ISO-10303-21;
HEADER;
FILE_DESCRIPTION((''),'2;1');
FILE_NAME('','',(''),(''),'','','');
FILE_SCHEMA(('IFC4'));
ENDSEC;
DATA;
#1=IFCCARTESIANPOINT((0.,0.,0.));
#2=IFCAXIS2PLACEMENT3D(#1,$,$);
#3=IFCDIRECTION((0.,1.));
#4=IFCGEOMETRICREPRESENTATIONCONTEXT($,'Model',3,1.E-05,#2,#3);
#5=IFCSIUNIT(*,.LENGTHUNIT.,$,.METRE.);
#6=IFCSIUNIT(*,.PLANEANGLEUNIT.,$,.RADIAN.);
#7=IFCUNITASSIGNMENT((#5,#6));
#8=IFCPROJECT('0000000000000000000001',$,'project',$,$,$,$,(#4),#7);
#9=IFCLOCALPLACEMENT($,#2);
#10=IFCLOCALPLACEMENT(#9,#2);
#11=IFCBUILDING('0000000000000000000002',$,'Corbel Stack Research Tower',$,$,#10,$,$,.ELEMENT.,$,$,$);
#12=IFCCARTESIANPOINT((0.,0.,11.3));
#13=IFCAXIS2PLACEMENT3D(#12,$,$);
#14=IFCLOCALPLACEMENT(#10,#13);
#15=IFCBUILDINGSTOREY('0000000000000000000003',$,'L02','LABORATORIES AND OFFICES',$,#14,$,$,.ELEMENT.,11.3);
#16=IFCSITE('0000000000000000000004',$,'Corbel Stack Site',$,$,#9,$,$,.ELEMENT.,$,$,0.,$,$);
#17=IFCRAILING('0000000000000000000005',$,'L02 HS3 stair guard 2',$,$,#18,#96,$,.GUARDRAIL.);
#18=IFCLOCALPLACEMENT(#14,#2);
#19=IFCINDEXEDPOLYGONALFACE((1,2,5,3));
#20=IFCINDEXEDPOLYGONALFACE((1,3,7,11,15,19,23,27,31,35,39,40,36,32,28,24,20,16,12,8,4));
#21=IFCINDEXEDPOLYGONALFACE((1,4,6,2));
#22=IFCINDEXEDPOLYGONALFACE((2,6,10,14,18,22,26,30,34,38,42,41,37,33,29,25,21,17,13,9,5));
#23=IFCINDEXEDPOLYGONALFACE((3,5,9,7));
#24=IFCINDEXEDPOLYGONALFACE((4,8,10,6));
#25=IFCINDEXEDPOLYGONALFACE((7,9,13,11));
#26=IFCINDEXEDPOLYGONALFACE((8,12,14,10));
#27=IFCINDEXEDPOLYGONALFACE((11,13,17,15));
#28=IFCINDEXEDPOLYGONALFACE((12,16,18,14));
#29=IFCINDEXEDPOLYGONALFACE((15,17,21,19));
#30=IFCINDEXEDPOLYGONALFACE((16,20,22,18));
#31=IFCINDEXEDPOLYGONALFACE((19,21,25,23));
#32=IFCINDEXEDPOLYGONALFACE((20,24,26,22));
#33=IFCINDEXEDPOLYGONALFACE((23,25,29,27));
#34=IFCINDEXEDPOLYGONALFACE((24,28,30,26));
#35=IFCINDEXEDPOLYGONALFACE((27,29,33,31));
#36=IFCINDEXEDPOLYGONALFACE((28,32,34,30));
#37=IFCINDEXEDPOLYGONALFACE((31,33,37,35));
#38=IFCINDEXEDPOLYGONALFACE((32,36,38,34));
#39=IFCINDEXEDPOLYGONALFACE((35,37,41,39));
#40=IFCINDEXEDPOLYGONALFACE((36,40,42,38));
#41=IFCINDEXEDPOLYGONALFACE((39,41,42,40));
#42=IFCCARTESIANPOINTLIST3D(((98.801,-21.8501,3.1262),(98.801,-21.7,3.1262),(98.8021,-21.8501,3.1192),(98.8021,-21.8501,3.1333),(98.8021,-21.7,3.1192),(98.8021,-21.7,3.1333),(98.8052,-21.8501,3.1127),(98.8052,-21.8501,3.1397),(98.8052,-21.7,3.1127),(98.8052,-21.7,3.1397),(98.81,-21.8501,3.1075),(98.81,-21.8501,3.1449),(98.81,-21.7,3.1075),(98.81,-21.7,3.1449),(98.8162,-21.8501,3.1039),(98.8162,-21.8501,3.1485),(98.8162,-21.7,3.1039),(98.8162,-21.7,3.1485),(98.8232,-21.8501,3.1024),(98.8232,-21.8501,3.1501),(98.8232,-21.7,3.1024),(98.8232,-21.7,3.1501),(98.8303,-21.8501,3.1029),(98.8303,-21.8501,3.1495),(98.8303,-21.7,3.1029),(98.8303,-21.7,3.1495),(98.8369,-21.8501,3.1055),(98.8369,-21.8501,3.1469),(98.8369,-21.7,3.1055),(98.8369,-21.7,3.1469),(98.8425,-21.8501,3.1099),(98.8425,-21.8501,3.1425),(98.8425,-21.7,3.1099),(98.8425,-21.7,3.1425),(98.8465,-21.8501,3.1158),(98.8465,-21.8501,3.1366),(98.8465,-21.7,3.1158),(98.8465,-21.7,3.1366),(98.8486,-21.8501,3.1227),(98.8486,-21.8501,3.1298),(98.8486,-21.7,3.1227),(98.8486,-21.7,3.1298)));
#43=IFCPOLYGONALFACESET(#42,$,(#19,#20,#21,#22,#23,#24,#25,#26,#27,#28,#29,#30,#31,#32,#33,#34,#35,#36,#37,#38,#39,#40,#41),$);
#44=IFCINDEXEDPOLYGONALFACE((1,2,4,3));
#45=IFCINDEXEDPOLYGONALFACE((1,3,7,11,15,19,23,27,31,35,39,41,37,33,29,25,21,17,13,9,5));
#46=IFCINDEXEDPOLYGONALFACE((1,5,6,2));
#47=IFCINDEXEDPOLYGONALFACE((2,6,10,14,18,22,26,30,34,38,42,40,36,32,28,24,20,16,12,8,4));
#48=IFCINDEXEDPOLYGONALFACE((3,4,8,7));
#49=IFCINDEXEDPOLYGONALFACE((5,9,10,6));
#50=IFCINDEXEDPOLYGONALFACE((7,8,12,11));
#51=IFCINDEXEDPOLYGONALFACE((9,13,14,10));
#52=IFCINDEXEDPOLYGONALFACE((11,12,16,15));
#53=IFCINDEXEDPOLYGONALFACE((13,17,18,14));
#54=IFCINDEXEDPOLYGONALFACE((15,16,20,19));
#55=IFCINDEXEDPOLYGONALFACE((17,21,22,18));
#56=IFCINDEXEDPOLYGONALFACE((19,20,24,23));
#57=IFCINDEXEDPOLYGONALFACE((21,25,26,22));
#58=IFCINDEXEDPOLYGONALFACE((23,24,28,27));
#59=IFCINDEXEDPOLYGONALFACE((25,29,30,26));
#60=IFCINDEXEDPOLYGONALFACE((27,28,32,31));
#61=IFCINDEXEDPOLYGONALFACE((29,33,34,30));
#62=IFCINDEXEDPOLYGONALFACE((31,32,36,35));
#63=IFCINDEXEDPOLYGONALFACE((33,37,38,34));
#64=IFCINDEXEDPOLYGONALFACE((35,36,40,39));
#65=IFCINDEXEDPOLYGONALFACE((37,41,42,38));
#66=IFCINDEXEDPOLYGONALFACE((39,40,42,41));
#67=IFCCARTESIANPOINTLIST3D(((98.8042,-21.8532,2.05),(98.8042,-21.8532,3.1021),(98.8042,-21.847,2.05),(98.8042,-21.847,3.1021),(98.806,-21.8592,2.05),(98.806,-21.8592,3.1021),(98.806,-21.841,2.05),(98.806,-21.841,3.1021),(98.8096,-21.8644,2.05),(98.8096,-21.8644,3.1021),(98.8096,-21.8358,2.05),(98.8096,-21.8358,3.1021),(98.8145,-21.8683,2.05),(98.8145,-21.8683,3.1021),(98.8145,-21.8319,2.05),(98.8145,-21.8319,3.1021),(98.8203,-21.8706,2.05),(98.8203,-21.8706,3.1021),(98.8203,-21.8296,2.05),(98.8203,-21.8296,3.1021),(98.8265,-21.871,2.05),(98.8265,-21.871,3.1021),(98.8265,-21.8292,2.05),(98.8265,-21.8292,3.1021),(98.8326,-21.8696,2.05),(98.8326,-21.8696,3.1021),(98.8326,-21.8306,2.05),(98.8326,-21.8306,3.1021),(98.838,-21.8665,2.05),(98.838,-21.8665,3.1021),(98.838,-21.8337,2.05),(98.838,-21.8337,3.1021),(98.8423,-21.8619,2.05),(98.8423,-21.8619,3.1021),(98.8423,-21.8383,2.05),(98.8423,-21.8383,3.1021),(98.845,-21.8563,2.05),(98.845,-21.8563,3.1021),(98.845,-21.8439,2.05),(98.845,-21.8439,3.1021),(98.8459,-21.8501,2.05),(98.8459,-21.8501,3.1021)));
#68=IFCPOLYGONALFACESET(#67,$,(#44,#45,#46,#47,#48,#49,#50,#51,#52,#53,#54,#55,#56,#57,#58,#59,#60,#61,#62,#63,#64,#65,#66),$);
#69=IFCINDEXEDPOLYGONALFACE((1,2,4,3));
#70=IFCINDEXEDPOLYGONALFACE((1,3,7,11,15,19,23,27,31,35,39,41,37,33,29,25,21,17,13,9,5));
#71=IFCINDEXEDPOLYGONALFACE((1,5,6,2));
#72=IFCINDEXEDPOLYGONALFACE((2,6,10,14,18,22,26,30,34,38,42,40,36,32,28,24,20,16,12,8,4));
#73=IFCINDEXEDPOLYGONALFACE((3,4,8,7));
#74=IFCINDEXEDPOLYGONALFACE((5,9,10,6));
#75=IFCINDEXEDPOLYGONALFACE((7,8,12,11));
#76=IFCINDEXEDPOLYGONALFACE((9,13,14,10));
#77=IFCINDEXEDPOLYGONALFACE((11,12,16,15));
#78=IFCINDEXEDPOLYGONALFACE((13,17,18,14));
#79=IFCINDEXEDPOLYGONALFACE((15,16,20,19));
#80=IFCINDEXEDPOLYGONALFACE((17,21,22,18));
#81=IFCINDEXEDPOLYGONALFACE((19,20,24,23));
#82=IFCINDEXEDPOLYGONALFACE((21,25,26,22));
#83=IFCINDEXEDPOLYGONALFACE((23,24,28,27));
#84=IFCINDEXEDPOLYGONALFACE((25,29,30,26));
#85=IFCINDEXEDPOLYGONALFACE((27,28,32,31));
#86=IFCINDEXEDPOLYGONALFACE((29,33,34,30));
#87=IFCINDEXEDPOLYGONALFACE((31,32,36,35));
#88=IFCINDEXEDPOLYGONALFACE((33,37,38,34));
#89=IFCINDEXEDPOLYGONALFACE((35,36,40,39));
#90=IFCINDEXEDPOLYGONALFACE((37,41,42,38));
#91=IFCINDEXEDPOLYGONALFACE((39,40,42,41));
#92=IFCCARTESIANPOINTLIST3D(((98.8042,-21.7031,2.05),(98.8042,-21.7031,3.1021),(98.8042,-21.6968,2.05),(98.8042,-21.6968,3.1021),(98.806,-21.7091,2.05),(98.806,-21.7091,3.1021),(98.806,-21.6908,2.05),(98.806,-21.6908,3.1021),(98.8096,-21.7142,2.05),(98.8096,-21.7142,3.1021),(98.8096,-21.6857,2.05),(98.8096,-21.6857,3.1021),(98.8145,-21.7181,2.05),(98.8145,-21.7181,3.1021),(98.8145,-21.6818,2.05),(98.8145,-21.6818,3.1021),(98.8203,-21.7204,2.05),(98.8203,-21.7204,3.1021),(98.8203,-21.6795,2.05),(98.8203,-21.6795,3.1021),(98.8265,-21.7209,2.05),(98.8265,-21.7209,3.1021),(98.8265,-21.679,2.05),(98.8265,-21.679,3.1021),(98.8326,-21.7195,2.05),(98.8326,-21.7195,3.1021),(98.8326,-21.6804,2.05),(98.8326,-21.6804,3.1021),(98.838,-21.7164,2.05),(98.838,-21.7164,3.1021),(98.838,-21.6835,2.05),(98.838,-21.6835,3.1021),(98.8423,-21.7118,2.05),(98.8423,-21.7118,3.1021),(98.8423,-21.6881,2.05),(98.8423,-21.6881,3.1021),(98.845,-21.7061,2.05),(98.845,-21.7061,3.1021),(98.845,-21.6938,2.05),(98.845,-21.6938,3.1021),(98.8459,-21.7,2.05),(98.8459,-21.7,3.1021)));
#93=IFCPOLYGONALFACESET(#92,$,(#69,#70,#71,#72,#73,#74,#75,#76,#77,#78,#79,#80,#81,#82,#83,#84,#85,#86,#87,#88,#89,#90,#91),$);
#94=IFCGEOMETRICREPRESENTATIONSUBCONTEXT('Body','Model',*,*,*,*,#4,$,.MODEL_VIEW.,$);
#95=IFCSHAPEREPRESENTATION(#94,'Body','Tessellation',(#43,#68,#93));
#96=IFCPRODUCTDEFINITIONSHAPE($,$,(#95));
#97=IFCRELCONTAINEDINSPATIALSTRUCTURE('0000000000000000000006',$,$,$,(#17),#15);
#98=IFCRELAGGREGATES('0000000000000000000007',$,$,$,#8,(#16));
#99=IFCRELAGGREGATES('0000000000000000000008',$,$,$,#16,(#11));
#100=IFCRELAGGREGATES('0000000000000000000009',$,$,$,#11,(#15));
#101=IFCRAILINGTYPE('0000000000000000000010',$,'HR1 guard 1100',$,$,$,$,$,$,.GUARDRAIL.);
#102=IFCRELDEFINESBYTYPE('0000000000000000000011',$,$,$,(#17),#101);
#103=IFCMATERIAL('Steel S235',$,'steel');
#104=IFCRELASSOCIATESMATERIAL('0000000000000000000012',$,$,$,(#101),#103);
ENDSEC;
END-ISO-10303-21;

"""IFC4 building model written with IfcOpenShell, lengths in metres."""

from ifc_helpers import new_model, si_unit, direction, frame, origin, origin_2d, place, context, subcontext, project, spatial, circle, extrude, material, type_object, element, save


model = new_model("IFC4")

# Units and contexts
model_context = context("Model", 3, precision=1e-05, world=origin(), true_north=direction((0.0, 1.0)))
body_context = subcontext(model_context, "Body", "Model", "MODEL_VIEW")
ifc_project = project(units=[si_unit("LENGTHUNIT", "METRE"), si_unit("PLANEANGLEUNIT", "RADIAN")], contexts=[model_context])

# Site, building, storey
site_placement = place(None, origin())
site = spatial("IfcSite", under=ifc_project, at=site_placement, Name="Corbel Stack Site", CompositionType="ELEMENT", RefElevation=0.0)
building_placement = place(site_placement, origin())
building = spatial("IfcBuilding", under=site, at=building_placement, Name="Corbel Stack Research Tower", CompositionType="ELEMENT")
storey_placement = place(building_placement, frame((0.0, 0.0, 11.3)))
storey = spatial("IfcBuildingStorey", under=building, at=storey_placement, Name="L02", Description="LABORATORIES AND OFFICES", CompositionType="ELEMENT", Elevation=11.3)

# Railing
ifc_material_1 = material(Name="Steel S235", Category="steel")
railing_type_1 = type_object("IfcRailingType", Name="HR1 guard 1100", PredefinedType="GUARDRAIL", material=ifc_material_1)
railing_1_placement = place(storey_placement, frame((98.825, -21.8501, 2.05)))
element("IfcRailing", 1, at=railing_1_placement, inside=storey, type_object=railing_type_1, Name="L02 HS3 stair guard 2", PredefinedType="GUARDRAIL", context=body_context, shape_type="SweptSolid", body=[
    extrude(circle(Radius=0.0239, at=origin_2d()), frame((0.0, 0.0, 1.0762), z_axis=(0.0, 1.0, 0.0), x_axis=(-1.0, 0.0, 0.0)), (0.0, 0.0, 1.0), 0.1501),
    extrude(circle(Radius=0.021, at=origin_2d()), origin(), (0.0, 0.0, 1.0), 1.052),
    extrude(circle(Radius=0.021, at=origin_2d()), frame((0.0, 0.1501, 0.0)), (0.0, 0.0, 1.0), 1.052),
])

save(model, "model.ifc")
